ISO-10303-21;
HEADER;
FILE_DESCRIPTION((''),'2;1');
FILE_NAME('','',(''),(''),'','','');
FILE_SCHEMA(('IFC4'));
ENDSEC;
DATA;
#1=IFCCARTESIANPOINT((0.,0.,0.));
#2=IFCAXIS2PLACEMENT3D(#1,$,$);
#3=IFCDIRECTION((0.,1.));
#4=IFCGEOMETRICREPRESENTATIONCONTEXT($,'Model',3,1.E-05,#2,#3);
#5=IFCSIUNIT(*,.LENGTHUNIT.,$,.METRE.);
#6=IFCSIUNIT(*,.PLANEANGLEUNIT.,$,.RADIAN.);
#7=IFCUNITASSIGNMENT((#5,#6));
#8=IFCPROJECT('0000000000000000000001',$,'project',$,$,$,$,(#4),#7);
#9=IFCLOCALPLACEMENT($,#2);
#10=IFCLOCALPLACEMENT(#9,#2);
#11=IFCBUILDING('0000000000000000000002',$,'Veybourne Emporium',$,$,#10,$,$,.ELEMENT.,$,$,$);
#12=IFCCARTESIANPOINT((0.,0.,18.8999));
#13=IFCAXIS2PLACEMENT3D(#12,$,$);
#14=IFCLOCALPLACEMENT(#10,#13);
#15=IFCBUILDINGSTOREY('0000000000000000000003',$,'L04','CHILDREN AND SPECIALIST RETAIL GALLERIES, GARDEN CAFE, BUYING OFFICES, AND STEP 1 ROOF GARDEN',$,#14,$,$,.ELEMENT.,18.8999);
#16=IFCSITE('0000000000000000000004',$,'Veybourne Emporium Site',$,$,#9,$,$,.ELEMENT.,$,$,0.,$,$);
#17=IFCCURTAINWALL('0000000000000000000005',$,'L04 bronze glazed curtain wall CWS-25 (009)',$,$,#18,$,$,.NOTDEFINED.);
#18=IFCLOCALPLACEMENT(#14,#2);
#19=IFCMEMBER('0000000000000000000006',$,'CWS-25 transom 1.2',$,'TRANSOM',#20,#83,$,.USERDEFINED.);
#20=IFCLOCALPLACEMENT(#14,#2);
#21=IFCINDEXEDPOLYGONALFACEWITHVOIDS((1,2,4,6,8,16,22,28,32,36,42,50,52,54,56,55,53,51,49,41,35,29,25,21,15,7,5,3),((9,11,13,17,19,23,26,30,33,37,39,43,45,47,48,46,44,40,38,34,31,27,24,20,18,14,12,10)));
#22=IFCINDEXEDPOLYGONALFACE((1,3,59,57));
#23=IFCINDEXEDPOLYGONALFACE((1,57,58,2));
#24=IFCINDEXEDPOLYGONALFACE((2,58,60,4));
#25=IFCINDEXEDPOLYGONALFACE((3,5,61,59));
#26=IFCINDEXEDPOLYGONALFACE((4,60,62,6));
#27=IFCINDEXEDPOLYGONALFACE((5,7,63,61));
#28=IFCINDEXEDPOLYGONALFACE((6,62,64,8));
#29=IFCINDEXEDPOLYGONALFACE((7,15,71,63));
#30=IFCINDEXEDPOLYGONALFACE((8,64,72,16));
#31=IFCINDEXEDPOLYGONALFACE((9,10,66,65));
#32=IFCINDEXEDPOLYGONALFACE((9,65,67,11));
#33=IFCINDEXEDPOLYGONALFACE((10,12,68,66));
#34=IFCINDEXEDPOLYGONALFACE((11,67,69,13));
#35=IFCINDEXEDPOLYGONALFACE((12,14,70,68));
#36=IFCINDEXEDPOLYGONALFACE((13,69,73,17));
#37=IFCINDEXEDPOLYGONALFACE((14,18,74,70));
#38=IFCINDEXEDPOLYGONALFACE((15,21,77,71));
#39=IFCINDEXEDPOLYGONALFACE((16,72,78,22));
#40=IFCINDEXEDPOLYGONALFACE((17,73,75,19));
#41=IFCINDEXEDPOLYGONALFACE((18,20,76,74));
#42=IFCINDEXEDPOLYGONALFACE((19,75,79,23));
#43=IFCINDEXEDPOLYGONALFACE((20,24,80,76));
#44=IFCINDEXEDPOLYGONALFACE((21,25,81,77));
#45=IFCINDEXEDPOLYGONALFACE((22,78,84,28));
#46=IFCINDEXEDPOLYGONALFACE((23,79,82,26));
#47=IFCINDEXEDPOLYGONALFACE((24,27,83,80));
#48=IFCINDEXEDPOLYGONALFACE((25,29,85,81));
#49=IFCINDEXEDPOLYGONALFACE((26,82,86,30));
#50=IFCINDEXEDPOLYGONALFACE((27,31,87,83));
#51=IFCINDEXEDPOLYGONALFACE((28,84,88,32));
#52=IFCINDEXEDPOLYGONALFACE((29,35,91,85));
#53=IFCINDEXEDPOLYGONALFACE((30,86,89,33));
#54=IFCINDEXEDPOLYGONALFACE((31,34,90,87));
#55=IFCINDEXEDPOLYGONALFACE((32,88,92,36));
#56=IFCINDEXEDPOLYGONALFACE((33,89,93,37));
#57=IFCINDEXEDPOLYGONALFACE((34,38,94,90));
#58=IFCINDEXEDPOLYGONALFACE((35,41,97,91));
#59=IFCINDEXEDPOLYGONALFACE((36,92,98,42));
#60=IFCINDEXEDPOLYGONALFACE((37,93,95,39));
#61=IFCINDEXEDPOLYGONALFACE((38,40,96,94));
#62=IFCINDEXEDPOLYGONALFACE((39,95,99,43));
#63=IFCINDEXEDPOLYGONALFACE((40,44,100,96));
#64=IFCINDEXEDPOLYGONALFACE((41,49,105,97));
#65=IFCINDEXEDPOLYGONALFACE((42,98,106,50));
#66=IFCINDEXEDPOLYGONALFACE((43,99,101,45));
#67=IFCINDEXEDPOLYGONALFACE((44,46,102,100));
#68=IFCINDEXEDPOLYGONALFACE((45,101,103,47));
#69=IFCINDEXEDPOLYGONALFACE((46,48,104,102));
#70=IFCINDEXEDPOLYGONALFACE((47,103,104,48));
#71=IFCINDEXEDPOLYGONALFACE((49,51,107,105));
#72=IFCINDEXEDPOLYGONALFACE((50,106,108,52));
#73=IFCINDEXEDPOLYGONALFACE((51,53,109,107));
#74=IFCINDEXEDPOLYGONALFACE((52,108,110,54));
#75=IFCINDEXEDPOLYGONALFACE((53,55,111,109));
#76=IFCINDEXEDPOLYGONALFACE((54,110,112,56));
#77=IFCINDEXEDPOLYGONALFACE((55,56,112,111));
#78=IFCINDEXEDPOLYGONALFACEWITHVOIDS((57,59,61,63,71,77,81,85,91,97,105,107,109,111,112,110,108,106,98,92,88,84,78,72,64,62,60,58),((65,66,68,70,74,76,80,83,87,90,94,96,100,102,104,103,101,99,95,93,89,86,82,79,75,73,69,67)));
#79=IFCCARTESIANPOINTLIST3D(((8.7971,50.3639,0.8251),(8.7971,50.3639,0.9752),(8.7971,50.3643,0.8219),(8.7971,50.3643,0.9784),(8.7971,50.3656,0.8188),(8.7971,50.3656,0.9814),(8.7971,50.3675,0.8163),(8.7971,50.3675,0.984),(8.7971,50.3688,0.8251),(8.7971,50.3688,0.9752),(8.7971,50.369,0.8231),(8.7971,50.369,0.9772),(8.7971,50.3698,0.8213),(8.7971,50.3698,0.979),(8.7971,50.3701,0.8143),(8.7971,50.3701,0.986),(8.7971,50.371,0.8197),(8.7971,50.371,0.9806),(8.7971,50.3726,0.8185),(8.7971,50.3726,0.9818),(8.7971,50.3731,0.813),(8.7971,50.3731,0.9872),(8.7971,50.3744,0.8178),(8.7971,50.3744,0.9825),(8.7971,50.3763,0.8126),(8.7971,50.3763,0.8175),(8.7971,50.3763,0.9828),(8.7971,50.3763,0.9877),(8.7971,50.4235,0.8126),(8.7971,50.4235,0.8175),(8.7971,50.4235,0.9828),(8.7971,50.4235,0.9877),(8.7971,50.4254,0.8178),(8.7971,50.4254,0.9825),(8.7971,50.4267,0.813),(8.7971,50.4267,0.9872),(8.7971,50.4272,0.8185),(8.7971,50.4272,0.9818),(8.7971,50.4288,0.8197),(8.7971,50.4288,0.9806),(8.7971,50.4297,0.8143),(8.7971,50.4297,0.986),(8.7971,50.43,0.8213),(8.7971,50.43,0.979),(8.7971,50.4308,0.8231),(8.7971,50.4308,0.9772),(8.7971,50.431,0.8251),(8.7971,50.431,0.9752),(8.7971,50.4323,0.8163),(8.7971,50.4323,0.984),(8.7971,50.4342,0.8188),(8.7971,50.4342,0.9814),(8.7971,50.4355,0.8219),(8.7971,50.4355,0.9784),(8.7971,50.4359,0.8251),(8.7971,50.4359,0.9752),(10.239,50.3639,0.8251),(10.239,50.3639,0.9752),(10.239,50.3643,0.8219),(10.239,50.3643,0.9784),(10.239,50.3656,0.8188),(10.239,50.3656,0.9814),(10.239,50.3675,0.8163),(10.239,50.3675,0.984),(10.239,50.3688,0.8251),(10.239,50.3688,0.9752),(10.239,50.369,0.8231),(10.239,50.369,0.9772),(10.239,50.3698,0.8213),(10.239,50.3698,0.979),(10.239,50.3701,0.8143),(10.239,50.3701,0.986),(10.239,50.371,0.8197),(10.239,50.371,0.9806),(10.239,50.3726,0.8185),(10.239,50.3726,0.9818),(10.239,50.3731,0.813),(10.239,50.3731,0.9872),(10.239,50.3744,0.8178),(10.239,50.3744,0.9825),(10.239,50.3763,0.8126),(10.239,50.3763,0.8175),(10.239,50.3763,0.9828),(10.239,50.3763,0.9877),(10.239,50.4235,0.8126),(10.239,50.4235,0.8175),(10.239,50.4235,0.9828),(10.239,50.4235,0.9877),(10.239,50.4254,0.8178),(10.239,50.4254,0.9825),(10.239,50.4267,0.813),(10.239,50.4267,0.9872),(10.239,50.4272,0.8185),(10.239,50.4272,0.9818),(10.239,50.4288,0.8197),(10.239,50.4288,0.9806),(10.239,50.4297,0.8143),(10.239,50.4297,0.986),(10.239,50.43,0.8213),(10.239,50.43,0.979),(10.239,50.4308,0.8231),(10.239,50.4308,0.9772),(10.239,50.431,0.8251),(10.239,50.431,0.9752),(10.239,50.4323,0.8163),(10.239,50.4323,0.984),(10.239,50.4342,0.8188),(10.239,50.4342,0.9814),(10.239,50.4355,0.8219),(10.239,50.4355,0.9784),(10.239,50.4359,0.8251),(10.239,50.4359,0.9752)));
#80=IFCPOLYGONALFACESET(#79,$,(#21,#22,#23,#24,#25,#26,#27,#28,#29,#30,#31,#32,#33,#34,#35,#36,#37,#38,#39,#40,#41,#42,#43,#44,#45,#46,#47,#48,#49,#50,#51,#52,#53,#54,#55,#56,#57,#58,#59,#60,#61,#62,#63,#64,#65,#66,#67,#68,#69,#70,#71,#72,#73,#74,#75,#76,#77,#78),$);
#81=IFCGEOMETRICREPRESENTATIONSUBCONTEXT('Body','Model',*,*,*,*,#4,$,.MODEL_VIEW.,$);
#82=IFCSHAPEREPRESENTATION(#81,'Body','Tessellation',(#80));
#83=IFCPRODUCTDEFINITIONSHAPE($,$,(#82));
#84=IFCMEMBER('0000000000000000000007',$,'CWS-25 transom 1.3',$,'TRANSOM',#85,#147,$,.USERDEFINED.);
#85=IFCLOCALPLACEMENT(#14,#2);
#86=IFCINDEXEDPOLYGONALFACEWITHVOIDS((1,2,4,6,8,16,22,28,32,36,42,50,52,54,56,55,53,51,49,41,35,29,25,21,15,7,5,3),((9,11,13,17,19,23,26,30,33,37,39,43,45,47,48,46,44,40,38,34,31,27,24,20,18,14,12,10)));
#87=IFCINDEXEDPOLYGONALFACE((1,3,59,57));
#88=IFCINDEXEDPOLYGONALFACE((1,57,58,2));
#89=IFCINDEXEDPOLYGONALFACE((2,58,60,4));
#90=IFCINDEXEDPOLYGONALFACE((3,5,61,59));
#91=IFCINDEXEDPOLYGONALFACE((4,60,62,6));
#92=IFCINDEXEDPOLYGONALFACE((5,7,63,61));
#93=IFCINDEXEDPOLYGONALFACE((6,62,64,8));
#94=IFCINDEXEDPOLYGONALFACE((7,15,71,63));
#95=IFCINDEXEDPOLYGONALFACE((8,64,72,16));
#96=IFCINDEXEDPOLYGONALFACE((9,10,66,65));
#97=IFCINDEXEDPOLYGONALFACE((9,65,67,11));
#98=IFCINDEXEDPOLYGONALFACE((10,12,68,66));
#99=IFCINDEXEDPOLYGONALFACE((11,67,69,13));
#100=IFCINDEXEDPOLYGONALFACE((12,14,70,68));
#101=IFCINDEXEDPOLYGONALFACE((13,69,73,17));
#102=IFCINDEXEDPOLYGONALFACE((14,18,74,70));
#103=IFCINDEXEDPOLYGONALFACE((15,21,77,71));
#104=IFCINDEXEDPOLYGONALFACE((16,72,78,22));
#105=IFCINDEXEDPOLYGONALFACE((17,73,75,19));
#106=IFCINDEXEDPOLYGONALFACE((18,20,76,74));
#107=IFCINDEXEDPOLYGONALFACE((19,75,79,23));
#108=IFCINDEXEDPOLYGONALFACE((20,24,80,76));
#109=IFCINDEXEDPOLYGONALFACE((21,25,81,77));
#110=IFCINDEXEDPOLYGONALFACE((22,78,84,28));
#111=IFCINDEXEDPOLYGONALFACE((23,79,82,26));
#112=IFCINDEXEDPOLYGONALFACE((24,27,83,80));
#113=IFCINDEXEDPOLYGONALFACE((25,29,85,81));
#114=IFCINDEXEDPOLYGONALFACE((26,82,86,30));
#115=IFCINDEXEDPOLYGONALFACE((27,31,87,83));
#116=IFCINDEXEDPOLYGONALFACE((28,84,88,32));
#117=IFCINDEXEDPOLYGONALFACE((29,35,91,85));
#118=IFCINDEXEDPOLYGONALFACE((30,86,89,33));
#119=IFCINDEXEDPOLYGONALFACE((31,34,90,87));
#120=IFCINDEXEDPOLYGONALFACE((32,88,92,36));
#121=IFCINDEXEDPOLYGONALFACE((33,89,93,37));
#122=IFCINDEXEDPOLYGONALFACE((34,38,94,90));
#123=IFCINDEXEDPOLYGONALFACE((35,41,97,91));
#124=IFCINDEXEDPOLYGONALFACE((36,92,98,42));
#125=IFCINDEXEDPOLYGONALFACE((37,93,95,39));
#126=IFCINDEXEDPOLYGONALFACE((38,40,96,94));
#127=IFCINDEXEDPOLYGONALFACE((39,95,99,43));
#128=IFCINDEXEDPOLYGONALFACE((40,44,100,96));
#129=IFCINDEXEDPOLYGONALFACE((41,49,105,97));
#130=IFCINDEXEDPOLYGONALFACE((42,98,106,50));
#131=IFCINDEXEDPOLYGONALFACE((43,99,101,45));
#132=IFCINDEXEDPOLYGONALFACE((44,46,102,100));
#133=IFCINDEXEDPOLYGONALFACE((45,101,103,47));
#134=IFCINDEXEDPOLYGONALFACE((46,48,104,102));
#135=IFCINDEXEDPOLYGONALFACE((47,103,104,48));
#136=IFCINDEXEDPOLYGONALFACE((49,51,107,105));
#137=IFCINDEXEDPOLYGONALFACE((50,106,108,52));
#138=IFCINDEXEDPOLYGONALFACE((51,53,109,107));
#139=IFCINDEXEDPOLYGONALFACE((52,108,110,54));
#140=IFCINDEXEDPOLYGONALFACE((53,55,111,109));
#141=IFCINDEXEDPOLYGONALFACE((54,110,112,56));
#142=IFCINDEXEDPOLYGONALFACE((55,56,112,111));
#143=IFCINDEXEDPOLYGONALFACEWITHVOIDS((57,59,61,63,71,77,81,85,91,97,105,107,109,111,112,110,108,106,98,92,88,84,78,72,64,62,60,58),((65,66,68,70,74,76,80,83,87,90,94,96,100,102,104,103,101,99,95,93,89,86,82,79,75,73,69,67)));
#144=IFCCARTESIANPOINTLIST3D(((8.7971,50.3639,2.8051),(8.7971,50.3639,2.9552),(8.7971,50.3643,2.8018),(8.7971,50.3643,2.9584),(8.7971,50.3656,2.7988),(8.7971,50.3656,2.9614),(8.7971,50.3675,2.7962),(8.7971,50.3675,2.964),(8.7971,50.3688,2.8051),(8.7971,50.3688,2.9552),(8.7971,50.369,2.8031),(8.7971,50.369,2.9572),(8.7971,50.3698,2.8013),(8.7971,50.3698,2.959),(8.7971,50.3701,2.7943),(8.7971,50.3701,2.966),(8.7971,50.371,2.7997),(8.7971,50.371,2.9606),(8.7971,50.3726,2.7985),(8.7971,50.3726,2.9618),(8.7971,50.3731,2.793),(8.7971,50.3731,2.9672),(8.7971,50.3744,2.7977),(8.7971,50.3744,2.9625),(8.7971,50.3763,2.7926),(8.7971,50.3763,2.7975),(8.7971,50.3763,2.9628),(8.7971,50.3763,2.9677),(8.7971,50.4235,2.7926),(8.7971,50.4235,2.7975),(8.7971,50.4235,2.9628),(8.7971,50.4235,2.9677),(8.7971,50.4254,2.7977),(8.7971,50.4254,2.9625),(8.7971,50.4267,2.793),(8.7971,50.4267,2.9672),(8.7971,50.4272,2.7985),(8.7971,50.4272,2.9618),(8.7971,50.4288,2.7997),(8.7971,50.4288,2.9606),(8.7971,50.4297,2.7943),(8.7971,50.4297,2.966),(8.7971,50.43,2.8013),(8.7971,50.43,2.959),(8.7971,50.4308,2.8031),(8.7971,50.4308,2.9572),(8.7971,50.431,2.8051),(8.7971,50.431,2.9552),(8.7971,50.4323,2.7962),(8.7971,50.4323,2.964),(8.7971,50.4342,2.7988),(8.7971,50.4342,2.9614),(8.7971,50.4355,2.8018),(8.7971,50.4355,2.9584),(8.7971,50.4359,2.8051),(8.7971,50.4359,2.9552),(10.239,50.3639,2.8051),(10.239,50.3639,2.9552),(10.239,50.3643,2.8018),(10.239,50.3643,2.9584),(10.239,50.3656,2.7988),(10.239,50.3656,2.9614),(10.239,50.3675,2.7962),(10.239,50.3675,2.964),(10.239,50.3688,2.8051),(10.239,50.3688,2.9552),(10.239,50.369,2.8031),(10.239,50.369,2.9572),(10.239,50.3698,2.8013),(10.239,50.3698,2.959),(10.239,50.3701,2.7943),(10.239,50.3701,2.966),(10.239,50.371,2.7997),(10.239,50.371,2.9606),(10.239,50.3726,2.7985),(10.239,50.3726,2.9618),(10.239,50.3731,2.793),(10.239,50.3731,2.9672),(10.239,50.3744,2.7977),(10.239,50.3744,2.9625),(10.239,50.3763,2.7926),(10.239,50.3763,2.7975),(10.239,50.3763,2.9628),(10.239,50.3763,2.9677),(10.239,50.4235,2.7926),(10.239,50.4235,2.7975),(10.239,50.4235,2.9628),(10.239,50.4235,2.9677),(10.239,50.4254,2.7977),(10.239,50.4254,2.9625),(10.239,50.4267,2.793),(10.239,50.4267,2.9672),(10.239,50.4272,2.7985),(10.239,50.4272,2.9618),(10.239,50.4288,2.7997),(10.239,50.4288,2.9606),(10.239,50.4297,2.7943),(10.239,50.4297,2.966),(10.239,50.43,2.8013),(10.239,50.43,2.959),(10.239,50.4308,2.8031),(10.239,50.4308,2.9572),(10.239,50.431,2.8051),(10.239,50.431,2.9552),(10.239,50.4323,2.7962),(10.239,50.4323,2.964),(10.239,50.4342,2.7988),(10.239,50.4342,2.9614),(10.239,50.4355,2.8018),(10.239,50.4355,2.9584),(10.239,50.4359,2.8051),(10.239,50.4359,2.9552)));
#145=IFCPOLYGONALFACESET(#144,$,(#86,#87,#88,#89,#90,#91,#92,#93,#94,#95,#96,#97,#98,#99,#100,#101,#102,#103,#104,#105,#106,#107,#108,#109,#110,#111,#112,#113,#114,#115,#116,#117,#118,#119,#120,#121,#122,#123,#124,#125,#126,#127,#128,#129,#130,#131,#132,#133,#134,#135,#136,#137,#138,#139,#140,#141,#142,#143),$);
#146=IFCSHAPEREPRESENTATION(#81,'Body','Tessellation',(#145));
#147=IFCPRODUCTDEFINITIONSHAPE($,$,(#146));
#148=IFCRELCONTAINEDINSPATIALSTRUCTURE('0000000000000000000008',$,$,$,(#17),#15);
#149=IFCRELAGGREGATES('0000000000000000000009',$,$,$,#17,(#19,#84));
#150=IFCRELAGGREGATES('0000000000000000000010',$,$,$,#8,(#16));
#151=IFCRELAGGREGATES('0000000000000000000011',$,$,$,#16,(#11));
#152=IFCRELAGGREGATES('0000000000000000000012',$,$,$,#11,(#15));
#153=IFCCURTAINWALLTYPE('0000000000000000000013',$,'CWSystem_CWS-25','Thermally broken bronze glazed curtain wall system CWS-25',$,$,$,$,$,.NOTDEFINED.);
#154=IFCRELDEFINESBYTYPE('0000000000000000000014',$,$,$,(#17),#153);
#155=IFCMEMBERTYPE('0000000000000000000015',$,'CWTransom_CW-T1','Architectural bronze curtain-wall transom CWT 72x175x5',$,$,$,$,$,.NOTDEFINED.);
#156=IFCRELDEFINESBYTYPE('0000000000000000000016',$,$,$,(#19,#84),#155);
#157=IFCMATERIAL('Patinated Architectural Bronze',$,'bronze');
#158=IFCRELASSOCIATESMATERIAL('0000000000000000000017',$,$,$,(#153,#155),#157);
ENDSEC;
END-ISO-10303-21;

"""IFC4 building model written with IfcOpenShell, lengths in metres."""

from ifc_helpers import new_model, si_unit, direction, frame, origin, origin_2d, place, context, subcontext, project, spatial, hollow_rectangle, extrude, material, material_profile, profile_set, type_object, element, aggregate, save


model = new_model("IFC4")

# Units and contexts
model_context = context("Model", 3, precision=1e-05, world=origin(), true_north=direction((0.0, 1.0)))
body_context = subcontext(model_context, "Body", "Model", "MODEL_VIEW")
ifc_project = project(units=[si_unit("LENGTHUNIT", "METRE"), si_unit("PLANEANGLEUNIT", "RADIAN")], contexts=[model_context])

# Site, building, storey
site_placement = place(None, origin())
site = spatial("IfcSite", under=ifc_project, at=site_placement, Name="Veybourne Emporium Site", CompositionType="ELEMENT", RefElevation=0.0)
building_placement = place(site_placement, origin())
building = spatial("IfcBuilding", under=site, at=building_placement, Name="Veybourne Emporium", CompositionType="ELEMENT")
storey_placement = place(building_placement, frame((0.0, 0.0, 18.8999)))
storey = spatial("IfcBuildingStorey", under=building, at=storey_placement, Name="L04", Description="CHILDREN AND SPECIALIST RETAIL GALLERIES, GARDEN CAFE, BUYING OFFICES, AND STEP 1 ROOF GARDEN", CompositionType="ELEMENT", Elevation=18.8999)

# Curtain wall
ifc_material_1 = material(Name="Patinated Architectural Bronze", Category="bronze")
curtain_wall_type_1 = type_object("IfcCurtainWallType", Name="CWSystem_CWS-25", Description="Thermally broken bronze glazed curtain wall system CWS-25", PredefinedType="NOTDEFINED", material=ifc_material_1)
curtain_wall_1_placement = place(storey_placement, origin())
curtain_wall_1 = element("IfcCurtainWall", 1, at=curtain_wall_1_placement, inside=storey, type_object=curtain_wall_type_1, Name="L04 bronze glazed curtain wall CWS-25 (009)", PredefinedType="NOTDEFINED")

# Members
ifc_material_profile_1 = material_profile(ifc_material_1, hollow_rectangle(XDim=0.072, YDim=0.175, WallThickness=0.0049, InnerFilletRadius=0.0076, OuterFilletRadius=0.0125, at=origin_2d()), Name="CWT 72x175x5")
ifc_profile_set_1 = profile_set([ifc_material_profile_1], Name="Patinated Architectural Bronze")
member_type_1 = type_object("IfcMemberType", Name="CWTransom_CW-T1", Description="Architectural bronze curtain-wall transom CWT 72x175x5", PredefinedType="NOTDEFINED", material=ifc_profile_set_1)
member_1_placement = place(storey_placement, frame((8.7971, 50.3999, 0.9001), z_axis=(1.0, 0.0, 0.0), x_axis=(0.0, 1.0, 0.0)))
member_1 = element("IfcMember", 2, at=member_1_placement, type_object=member_type_1, Name="CWS-25 transom 1.2", ObjectType="TRANSOM", PredefinedType="USERDEFINED", context=body_context, shape_type="SweptSolid", body=[
    extrude(hollow_rectangle(XDim=0.072, YDim=0.175, WallThickness=0.0049, InnerFilletRadius=0.0076, OuterFilletRadius=0.0125, at=origin_2d()), origin(), (0.0, 0.0, 1.0), 1.4419),
])
member_2_placement = place(storey_placement, frame((8.7971, 50.3999, 2.8801), z_axis=(1.0, 0.0, 0.0), x_axis=(0.0, 1.0, 0.0)))
member_2 = element("IfcMember", 3, at=member_2_placement, type_object=member_type_1, Name="CWS-25 transom 1.3", ObjectType="TRANSOM", PredefinedType="USERDEFINED", context=body_context, shape_type="SweptSolid", body=[
    extrude(hollow_rectangle(XDim=0.072, YDim=0.175, WallThickness=0.0049, InnerFilletRadius=0.0076, OuterFilletRadius=0.0125, at=origin_2d()), origin(), (0.0, 0.0, 1.0), 1.4419),
])

aggregate(curtain_wall_1, [member_1, member_2])

save(model, "model.ifc")
